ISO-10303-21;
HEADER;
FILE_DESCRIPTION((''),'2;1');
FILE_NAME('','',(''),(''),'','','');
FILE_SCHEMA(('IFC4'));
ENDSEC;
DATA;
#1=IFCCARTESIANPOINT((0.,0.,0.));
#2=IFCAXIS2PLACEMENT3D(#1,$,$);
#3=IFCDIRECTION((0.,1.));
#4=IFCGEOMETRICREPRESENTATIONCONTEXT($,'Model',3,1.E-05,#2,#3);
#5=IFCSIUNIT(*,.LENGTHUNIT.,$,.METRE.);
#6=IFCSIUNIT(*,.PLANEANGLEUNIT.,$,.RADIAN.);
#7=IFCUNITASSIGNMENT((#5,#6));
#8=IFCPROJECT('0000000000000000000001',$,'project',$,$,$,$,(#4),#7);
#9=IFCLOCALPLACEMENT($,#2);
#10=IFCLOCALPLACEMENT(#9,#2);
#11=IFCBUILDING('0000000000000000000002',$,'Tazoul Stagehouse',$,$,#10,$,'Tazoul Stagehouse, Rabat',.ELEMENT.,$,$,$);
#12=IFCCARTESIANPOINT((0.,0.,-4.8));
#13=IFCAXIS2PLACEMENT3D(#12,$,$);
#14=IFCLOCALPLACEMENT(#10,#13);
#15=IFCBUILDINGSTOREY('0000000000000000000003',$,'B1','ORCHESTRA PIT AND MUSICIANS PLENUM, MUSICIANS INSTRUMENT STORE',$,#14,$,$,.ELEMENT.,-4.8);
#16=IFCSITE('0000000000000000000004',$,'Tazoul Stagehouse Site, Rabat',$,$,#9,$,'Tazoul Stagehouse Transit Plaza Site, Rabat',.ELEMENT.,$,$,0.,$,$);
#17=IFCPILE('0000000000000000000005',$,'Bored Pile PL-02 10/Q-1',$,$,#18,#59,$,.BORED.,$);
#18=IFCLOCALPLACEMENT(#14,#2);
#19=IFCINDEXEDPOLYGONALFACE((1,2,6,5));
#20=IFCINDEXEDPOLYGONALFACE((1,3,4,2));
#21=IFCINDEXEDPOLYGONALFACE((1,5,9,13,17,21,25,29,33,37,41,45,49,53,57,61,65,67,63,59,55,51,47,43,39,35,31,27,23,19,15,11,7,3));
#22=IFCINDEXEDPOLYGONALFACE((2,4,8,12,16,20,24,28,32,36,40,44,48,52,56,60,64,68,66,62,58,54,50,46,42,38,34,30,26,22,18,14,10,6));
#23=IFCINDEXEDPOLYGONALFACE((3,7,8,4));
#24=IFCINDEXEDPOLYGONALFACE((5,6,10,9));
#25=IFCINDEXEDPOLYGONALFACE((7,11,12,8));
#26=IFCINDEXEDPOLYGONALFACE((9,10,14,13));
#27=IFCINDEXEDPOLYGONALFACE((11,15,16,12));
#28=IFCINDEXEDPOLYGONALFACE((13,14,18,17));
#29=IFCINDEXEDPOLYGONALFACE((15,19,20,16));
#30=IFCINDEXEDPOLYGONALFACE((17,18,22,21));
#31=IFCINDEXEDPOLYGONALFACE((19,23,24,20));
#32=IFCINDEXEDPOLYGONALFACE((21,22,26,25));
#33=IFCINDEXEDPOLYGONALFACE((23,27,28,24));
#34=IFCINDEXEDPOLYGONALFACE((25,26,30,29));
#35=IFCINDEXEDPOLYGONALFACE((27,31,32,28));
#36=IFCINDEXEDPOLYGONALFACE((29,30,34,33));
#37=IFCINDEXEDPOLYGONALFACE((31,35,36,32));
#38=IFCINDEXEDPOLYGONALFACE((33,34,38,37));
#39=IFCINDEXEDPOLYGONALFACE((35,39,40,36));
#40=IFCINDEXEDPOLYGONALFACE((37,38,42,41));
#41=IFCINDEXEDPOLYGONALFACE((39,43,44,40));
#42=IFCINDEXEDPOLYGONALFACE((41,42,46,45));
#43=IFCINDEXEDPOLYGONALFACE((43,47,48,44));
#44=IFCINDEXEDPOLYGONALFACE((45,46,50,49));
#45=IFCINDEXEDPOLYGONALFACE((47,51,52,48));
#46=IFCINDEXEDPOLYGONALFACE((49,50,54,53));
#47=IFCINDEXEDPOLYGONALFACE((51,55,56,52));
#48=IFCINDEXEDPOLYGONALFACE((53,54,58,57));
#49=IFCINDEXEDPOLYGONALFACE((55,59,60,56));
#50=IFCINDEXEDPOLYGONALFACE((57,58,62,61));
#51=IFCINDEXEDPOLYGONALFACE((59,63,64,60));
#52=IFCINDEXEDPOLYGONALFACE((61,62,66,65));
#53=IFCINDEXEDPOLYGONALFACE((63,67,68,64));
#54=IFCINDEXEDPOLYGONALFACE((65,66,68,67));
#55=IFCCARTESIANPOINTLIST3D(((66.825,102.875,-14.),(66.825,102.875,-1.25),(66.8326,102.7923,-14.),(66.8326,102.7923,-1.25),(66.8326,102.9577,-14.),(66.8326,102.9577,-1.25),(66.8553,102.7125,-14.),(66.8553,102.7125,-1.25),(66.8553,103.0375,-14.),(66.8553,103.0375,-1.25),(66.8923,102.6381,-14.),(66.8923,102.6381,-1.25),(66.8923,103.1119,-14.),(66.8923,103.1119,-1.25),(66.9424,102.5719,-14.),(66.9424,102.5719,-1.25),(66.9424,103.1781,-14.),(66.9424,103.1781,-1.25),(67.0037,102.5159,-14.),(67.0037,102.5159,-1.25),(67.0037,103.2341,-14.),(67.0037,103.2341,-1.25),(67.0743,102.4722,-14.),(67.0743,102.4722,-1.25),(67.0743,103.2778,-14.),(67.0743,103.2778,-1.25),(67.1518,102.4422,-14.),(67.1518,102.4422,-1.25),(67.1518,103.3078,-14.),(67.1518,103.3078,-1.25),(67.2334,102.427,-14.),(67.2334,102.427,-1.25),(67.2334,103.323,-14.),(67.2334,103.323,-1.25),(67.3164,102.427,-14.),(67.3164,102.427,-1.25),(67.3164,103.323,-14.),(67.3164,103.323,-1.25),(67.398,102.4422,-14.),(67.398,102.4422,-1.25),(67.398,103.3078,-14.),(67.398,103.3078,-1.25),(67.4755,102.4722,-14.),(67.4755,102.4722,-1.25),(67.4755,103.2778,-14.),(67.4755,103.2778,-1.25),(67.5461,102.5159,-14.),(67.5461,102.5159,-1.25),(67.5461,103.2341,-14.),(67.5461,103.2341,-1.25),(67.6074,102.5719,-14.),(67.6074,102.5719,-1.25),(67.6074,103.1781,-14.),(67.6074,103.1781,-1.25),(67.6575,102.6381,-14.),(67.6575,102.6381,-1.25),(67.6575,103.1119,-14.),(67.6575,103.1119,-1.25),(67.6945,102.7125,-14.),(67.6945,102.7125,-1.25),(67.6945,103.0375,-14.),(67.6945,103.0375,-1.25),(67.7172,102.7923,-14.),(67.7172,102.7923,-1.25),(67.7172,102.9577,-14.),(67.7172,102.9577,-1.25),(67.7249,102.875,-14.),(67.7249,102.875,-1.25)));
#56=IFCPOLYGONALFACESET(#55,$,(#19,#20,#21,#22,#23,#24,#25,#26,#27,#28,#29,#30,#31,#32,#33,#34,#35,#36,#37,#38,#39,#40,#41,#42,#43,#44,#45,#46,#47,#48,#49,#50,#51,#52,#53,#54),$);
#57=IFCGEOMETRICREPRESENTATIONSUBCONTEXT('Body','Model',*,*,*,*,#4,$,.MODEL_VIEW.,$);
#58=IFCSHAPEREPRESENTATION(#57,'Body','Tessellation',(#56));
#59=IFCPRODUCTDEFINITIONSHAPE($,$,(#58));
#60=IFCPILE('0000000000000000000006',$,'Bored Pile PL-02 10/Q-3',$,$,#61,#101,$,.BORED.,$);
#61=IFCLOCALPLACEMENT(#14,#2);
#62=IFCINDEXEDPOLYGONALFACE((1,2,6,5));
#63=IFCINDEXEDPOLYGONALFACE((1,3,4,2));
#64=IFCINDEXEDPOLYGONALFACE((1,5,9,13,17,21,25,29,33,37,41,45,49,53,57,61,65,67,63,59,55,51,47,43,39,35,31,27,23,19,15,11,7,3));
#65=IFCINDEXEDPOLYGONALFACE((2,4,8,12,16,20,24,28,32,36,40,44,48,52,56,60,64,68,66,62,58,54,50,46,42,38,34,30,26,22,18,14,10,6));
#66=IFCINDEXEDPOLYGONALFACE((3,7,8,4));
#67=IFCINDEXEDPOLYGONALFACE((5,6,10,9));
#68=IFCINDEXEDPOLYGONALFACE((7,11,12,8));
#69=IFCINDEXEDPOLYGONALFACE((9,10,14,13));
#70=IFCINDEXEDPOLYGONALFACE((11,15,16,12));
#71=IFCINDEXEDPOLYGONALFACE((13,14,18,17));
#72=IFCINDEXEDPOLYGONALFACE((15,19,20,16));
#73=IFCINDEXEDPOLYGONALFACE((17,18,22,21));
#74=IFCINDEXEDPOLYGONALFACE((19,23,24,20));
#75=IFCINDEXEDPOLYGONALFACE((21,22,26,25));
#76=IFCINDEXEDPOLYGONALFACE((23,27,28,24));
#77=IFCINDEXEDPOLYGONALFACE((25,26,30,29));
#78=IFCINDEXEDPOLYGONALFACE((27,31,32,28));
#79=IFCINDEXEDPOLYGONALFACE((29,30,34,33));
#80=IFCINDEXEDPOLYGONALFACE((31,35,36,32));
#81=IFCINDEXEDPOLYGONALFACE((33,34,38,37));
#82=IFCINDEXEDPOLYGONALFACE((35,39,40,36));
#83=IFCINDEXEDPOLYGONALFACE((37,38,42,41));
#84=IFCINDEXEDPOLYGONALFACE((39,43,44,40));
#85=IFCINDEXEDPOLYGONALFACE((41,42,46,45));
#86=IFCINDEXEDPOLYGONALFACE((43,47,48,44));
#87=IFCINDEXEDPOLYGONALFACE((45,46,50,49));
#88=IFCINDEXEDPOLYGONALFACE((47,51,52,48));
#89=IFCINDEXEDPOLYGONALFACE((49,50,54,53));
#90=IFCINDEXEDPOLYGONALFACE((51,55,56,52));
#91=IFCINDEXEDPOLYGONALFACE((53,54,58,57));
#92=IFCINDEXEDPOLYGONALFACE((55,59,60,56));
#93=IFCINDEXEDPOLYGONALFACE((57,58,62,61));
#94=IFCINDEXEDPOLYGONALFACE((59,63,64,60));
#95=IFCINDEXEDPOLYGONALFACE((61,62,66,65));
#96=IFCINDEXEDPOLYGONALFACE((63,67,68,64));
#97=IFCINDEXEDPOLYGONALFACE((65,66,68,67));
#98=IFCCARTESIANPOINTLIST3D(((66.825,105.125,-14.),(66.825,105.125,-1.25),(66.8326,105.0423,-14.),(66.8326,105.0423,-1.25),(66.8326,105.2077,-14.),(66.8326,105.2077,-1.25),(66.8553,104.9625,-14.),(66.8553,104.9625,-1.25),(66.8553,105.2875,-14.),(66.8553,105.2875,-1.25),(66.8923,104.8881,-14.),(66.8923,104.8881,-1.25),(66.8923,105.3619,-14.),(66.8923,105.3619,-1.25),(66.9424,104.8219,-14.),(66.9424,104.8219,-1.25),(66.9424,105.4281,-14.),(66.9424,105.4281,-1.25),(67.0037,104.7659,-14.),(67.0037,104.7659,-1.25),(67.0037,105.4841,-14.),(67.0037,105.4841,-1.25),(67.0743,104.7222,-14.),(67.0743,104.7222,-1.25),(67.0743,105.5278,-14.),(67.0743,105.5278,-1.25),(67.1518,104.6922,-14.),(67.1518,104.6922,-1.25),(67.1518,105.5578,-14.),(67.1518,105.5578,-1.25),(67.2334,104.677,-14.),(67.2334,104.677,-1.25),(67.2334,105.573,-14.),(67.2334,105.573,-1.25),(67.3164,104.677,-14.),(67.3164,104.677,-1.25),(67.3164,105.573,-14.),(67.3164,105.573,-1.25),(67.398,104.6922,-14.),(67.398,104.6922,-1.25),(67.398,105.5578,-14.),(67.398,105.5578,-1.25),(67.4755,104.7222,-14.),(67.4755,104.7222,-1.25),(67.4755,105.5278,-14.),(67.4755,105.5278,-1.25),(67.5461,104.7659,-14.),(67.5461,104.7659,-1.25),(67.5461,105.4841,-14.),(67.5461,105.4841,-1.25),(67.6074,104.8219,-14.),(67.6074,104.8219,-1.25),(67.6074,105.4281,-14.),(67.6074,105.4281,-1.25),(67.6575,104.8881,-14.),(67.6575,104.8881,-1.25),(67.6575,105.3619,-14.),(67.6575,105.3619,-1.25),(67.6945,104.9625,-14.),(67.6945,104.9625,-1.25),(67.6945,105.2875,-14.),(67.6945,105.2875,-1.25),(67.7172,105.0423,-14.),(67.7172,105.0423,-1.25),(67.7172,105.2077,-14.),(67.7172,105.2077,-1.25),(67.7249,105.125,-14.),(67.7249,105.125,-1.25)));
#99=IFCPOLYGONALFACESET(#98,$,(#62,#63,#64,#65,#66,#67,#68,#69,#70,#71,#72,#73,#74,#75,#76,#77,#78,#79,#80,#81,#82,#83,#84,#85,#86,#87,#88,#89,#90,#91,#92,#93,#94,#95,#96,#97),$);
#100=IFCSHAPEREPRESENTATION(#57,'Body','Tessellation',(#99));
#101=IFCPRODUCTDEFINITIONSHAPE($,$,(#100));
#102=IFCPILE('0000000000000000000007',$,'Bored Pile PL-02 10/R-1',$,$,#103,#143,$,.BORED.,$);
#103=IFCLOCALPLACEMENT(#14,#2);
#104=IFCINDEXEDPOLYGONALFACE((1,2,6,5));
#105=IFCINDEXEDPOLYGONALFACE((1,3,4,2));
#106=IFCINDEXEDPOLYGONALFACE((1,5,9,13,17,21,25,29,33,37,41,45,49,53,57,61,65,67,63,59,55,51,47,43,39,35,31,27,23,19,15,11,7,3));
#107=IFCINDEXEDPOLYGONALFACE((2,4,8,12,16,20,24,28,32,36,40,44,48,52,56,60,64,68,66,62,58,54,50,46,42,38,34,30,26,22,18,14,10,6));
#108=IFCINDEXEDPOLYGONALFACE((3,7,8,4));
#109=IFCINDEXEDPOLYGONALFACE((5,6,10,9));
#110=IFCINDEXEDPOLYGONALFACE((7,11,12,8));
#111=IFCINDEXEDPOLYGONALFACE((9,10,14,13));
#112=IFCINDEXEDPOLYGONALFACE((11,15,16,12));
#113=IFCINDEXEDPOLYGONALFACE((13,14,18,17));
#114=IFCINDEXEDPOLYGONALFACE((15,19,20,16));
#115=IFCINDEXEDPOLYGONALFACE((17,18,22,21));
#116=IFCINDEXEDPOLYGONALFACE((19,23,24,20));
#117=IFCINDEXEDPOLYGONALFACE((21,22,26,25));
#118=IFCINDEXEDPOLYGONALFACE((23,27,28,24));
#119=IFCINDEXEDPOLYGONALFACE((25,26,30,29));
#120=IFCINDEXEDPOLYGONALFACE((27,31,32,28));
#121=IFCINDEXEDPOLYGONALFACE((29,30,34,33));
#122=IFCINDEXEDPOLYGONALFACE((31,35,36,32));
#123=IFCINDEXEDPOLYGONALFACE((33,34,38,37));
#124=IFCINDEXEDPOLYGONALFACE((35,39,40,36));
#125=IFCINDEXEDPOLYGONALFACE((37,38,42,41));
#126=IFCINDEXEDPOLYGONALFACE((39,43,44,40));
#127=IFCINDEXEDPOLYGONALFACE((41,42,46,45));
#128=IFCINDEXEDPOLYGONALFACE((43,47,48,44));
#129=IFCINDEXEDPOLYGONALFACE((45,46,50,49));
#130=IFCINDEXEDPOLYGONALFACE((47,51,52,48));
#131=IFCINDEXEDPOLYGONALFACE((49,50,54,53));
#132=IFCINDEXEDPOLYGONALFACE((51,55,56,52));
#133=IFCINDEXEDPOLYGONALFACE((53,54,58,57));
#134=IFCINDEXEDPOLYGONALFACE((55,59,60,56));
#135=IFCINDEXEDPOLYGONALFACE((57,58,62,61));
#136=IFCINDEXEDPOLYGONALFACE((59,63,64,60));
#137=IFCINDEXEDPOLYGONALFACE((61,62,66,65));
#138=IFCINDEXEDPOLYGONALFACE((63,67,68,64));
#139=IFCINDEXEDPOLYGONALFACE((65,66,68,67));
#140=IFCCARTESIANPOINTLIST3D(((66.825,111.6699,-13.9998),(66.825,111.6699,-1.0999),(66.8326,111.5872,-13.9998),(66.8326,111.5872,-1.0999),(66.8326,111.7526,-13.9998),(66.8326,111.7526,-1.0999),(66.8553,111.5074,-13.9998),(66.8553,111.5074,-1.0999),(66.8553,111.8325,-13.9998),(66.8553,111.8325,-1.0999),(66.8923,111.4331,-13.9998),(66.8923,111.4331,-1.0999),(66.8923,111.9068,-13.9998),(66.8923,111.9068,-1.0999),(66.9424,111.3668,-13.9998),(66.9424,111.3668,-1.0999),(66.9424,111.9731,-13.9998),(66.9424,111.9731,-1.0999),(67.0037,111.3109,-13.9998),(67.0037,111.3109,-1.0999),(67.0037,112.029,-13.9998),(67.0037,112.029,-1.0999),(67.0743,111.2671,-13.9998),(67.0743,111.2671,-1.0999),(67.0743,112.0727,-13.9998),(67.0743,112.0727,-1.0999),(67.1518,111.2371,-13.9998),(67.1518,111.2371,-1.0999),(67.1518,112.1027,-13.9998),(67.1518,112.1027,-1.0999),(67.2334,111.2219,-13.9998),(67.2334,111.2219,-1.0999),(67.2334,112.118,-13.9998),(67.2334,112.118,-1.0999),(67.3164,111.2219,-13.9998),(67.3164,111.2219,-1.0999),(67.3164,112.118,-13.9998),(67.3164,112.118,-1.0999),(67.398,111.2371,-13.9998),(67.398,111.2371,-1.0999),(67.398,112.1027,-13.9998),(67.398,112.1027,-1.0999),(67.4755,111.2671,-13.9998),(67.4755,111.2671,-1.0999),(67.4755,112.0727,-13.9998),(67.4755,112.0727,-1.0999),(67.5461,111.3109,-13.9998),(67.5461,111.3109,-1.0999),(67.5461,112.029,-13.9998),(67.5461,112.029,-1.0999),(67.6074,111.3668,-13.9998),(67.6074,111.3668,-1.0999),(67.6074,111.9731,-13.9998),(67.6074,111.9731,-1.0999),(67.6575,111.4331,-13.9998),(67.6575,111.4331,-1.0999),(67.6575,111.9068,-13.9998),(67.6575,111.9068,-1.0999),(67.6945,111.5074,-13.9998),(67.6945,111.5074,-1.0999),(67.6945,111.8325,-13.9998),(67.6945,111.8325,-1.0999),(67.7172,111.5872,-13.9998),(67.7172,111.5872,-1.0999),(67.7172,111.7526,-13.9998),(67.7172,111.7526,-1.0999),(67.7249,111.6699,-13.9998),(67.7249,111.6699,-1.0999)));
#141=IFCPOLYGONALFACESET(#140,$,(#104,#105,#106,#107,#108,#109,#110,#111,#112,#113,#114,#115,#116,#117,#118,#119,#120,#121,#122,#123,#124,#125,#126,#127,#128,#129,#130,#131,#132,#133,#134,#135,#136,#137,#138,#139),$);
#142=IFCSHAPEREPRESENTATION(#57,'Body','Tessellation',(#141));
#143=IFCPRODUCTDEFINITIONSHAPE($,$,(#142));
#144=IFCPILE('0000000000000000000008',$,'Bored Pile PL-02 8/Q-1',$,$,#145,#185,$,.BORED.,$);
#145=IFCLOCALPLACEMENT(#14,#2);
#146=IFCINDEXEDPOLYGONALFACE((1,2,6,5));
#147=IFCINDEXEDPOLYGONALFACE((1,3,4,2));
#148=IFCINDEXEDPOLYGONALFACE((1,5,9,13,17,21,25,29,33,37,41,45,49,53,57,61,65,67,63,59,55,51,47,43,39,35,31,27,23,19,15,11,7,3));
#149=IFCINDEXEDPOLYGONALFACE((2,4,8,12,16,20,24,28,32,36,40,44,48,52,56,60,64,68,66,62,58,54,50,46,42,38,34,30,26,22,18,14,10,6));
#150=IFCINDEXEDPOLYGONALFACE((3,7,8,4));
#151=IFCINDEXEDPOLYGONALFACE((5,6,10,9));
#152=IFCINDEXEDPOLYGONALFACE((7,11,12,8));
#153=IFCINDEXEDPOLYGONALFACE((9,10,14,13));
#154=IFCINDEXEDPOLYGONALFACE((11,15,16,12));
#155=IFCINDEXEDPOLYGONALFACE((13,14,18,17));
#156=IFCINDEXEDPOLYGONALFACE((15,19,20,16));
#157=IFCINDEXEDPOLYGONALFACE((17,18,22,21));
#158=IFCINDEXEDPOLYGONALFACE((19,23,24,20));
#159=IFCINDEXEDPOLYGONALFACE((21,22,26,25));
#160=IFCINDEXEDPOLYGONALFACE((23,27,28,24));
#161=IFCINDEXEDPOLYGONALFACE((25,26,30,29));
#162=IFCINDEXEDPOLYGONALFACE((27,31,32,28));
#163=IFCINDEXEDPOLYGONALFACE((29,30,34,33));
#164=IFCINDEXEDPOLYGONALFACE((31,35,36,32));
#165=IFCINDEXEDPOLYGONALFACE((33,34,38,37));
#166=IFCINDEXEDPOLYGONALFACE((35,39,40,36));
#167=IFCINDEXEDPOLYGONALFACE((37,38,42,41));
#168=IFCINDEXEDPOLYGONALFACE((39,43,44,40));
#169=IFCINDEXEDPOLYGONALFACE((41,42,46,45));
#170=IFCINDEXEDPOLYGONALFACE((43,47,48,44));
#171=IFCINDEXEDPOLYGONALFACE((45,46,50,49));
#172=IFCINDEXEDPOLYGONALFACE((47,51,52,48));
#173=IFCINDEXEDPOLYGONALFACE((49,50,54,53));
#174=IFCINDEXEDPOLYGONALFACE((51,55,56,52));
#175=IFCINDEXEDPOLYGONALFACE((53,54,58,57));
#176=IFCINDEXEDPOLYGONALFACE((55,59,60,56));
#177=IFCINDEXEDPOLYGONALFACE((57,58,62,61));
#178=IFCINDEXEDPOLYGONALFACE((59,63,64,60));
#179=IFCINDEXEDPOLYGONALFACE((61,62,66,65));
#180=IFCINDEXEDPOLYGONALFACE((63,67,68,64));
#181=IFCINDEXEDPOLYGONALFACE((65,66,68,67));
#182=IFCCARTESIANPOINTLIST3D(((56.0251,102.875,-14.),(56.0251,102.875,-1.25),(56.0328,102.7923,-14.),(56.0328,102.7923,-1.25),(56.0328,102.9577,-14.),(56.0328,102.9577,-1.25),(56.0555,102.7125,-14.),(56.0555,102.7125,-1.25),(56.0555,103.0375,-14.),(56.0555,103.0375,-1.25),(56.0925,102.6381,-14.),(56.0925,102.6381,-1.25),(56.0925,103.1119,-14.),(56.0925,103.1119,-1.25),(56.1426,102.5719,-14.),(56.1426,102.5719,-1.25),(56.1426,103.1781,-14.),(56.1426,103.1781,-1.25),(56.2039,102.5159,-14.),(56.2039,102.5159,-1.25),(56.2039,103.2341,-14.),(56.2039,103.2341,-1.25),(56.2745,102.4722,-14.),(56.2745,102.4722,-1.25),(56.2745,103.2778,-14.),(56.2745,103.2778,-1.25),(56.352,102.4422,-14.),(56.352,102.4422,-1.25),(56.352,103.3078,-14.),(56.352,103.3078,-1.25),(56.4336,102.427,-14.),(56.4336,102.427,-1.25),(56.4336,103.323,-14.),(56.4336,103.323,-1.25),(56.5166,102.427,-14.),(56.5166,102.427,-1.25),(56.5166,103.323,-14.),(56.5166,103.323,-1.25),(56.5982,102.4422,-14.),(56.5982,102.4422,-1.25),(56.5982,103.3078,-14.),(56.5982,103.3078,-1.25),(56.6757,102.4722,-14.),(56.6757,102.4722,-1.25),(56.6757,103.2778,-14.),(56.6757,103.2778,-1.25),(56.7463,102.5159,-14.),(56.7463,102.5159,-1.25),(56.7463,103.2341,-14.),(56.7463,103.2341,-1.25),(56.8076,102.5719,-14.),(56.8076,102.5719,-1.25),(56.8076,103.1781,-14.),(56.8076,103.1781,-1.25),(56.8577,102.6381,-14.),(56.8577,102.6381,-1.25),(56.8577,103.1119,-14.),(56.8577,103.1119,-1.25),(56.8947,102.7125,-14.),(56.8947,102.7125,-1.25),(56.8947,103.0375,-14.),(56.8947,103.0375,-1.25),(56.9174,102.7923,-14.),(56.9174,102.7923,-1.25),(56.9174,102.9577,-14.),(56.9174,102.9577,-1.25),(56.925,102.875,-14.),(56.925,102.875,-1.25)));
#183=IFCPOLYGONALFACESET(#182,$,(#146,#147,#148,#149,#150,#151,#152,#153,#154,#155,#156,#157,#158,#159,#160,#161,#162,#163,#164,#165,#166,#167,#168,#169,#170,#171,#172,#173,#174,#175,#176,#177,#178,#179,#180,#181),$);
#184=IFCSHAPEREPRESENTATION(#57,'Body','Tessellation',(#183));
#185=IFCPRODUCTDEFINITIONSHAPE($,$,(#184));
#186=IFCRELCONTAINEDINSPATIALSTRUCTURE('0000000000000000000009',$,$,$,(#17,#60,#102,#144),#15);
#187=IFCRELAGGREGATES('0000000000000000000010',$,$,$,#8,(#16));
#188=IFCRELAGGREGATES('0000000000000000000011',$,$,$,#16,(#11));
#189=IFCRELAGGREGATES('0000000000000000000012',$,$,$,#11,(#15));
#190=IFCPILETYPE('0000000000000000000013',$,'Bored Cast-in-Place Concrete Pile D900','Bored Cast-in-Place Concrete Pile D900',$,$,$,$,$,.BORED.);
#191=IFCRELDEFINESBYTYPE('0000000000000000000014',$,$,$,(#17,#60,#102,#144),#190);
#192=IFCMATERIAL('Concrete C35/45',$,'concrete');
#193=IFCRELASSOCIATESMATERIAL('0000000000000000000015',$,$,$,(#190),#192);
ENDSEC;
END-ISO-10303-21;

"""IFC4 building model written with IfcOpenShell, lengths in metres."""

from ifc_helpers import new_model, si_unit, direction, frame, origin, origin_2d, place, context, subcontext, project, spatial, circle, extrude, material, material_profile, profile_set, type_object, element, save


model = new_model("IFC4")

# Units and contexts
model_context = context("Model", 3, precision=1e-05, world=origin(), true_north=direction((0.0, 1.0)))
body_context = subcontext(model_context, "Body", "Model", "MODEL_VIEW")
ifc_project = project(units=[si_unit("LENGTHUNIT", "METRE"), si_unit("PLANEANGLEUNIT", "RADIAN")], contexts=[model_context])

# Site, building, storey
site_placement = place(None, origin())
site = spatial("IfcSite", under=ifc_project, at=site_placement, Name="Tazoul Stagehouse Site, Rabat", LongName="Tazoul Stagehouse Transit Plaza Site, Rabat", CompositionType="ELEMENT", RefElevation=0.0)
building_placement = place(site_placement, origin())
building = spatial("IfcBuilding", under=site, at=building_placement, Name="Tazoul Stagehouse", LongName="Tazoul Stagehouse, Rabat", CompositionType="ELEMENT")
storey_placement = place(building_placement, frame((0.0, 0.0, -4.8)))
storey = spatial("IfcBuildingStorey", under=building, at=storey_placement, Name="B1", Description="ORCHESTRA PIT AND MUSICIANS PLENUM, MUSICIANS INSTRUMENT STORE", CompositionType="ELEMENT", Elevation=-4.8)

# Piles
ifc_material_1 = material(Name="Concrete C35/45", Category="concrete")
ifc_material_profile_1 = material_profile(ifc_material_1, circle(Radius=0.45, at=origin_2d()), Name="BORED PILE 900")
ifc_profile_set_1 = profile_set([ifc_material_profile_1], Name="Concrete C35/45")
pile_type = type_object("IfcPileType", Name="Bored Cast-in-Place Concrete Pile D900", Description="Bored Cast-in-Place Concrete Pile D900", PredefinedType="BORED", material=ifc_profile_set_1)
for number, where, z_axis, x_axis, name in (
    (1, (67.2749, 102.875, -1.25), (0.0, 0.0, -1.0), (1.0, 0.0, 0.0), "Bored Pile PL-02 10/Q-1"),
    (2, (67.2749, 105.125, -1.25), (0.0, 0.0, -1.0), (1.0, 0.0, 0.0), "Bored Pile PL-02 10/Q-3"),
):
    element("IfcPile", number, at=place(storey_placement, frame(where, z_axis=z_axis, x_axis=x_axis)), inside=storey, type_object=pile_type, Name=name, PredefinedType="BORED", context=body_context, shape_type="SweptSolid", body=[
        extrude(circle(Radius=0.45, at=origin_2d()), origin(), (0.0, 0.0, 1.0), 12.75),
    ])
pile_placement = place(storey_placement, frame((67.2749, 111.6699, -1.0999), z_axis=(0.0, 0.0, -1.0), x_axis=(1.0, 0.0, 0.0)))
element("IfcPile", 3, at=pile_placement, inside=storey, type_object=pile_type, Name="Bored Pile PL-02 10/R-1", PredefinedType="BORED", context=body_context, shape_type="SweptSolid", body=[
    extrude(circle(Radius=0.45, at=origin_2d()), origin(), (0.0, 0.0, 1.0), 12.8999),
])
for number, where, z_axis, x_axis, name in (
    (4, (56.4751, 102.875, -1.25), (0.0, 0.0, -1.0), (1.0, 0.0, 0.0), "Bored Pile PL-02 8/Q-1"),
):
    element("IfcPile", number, at=place(storey_placement, frame(where, z_axis=z_axis, x_axis=x_axis)), inside=storey, type_object=pile_type, Name=name, PredefinedType="BORED", context=body_context, shape_type="SweptSolid", body=[
        extrude(circle(Radius=0.45, at=origin_2d()), origin(), (0.0, 0.0, 1.0), 12.75),
    ])

save(model, "model.ifc")
